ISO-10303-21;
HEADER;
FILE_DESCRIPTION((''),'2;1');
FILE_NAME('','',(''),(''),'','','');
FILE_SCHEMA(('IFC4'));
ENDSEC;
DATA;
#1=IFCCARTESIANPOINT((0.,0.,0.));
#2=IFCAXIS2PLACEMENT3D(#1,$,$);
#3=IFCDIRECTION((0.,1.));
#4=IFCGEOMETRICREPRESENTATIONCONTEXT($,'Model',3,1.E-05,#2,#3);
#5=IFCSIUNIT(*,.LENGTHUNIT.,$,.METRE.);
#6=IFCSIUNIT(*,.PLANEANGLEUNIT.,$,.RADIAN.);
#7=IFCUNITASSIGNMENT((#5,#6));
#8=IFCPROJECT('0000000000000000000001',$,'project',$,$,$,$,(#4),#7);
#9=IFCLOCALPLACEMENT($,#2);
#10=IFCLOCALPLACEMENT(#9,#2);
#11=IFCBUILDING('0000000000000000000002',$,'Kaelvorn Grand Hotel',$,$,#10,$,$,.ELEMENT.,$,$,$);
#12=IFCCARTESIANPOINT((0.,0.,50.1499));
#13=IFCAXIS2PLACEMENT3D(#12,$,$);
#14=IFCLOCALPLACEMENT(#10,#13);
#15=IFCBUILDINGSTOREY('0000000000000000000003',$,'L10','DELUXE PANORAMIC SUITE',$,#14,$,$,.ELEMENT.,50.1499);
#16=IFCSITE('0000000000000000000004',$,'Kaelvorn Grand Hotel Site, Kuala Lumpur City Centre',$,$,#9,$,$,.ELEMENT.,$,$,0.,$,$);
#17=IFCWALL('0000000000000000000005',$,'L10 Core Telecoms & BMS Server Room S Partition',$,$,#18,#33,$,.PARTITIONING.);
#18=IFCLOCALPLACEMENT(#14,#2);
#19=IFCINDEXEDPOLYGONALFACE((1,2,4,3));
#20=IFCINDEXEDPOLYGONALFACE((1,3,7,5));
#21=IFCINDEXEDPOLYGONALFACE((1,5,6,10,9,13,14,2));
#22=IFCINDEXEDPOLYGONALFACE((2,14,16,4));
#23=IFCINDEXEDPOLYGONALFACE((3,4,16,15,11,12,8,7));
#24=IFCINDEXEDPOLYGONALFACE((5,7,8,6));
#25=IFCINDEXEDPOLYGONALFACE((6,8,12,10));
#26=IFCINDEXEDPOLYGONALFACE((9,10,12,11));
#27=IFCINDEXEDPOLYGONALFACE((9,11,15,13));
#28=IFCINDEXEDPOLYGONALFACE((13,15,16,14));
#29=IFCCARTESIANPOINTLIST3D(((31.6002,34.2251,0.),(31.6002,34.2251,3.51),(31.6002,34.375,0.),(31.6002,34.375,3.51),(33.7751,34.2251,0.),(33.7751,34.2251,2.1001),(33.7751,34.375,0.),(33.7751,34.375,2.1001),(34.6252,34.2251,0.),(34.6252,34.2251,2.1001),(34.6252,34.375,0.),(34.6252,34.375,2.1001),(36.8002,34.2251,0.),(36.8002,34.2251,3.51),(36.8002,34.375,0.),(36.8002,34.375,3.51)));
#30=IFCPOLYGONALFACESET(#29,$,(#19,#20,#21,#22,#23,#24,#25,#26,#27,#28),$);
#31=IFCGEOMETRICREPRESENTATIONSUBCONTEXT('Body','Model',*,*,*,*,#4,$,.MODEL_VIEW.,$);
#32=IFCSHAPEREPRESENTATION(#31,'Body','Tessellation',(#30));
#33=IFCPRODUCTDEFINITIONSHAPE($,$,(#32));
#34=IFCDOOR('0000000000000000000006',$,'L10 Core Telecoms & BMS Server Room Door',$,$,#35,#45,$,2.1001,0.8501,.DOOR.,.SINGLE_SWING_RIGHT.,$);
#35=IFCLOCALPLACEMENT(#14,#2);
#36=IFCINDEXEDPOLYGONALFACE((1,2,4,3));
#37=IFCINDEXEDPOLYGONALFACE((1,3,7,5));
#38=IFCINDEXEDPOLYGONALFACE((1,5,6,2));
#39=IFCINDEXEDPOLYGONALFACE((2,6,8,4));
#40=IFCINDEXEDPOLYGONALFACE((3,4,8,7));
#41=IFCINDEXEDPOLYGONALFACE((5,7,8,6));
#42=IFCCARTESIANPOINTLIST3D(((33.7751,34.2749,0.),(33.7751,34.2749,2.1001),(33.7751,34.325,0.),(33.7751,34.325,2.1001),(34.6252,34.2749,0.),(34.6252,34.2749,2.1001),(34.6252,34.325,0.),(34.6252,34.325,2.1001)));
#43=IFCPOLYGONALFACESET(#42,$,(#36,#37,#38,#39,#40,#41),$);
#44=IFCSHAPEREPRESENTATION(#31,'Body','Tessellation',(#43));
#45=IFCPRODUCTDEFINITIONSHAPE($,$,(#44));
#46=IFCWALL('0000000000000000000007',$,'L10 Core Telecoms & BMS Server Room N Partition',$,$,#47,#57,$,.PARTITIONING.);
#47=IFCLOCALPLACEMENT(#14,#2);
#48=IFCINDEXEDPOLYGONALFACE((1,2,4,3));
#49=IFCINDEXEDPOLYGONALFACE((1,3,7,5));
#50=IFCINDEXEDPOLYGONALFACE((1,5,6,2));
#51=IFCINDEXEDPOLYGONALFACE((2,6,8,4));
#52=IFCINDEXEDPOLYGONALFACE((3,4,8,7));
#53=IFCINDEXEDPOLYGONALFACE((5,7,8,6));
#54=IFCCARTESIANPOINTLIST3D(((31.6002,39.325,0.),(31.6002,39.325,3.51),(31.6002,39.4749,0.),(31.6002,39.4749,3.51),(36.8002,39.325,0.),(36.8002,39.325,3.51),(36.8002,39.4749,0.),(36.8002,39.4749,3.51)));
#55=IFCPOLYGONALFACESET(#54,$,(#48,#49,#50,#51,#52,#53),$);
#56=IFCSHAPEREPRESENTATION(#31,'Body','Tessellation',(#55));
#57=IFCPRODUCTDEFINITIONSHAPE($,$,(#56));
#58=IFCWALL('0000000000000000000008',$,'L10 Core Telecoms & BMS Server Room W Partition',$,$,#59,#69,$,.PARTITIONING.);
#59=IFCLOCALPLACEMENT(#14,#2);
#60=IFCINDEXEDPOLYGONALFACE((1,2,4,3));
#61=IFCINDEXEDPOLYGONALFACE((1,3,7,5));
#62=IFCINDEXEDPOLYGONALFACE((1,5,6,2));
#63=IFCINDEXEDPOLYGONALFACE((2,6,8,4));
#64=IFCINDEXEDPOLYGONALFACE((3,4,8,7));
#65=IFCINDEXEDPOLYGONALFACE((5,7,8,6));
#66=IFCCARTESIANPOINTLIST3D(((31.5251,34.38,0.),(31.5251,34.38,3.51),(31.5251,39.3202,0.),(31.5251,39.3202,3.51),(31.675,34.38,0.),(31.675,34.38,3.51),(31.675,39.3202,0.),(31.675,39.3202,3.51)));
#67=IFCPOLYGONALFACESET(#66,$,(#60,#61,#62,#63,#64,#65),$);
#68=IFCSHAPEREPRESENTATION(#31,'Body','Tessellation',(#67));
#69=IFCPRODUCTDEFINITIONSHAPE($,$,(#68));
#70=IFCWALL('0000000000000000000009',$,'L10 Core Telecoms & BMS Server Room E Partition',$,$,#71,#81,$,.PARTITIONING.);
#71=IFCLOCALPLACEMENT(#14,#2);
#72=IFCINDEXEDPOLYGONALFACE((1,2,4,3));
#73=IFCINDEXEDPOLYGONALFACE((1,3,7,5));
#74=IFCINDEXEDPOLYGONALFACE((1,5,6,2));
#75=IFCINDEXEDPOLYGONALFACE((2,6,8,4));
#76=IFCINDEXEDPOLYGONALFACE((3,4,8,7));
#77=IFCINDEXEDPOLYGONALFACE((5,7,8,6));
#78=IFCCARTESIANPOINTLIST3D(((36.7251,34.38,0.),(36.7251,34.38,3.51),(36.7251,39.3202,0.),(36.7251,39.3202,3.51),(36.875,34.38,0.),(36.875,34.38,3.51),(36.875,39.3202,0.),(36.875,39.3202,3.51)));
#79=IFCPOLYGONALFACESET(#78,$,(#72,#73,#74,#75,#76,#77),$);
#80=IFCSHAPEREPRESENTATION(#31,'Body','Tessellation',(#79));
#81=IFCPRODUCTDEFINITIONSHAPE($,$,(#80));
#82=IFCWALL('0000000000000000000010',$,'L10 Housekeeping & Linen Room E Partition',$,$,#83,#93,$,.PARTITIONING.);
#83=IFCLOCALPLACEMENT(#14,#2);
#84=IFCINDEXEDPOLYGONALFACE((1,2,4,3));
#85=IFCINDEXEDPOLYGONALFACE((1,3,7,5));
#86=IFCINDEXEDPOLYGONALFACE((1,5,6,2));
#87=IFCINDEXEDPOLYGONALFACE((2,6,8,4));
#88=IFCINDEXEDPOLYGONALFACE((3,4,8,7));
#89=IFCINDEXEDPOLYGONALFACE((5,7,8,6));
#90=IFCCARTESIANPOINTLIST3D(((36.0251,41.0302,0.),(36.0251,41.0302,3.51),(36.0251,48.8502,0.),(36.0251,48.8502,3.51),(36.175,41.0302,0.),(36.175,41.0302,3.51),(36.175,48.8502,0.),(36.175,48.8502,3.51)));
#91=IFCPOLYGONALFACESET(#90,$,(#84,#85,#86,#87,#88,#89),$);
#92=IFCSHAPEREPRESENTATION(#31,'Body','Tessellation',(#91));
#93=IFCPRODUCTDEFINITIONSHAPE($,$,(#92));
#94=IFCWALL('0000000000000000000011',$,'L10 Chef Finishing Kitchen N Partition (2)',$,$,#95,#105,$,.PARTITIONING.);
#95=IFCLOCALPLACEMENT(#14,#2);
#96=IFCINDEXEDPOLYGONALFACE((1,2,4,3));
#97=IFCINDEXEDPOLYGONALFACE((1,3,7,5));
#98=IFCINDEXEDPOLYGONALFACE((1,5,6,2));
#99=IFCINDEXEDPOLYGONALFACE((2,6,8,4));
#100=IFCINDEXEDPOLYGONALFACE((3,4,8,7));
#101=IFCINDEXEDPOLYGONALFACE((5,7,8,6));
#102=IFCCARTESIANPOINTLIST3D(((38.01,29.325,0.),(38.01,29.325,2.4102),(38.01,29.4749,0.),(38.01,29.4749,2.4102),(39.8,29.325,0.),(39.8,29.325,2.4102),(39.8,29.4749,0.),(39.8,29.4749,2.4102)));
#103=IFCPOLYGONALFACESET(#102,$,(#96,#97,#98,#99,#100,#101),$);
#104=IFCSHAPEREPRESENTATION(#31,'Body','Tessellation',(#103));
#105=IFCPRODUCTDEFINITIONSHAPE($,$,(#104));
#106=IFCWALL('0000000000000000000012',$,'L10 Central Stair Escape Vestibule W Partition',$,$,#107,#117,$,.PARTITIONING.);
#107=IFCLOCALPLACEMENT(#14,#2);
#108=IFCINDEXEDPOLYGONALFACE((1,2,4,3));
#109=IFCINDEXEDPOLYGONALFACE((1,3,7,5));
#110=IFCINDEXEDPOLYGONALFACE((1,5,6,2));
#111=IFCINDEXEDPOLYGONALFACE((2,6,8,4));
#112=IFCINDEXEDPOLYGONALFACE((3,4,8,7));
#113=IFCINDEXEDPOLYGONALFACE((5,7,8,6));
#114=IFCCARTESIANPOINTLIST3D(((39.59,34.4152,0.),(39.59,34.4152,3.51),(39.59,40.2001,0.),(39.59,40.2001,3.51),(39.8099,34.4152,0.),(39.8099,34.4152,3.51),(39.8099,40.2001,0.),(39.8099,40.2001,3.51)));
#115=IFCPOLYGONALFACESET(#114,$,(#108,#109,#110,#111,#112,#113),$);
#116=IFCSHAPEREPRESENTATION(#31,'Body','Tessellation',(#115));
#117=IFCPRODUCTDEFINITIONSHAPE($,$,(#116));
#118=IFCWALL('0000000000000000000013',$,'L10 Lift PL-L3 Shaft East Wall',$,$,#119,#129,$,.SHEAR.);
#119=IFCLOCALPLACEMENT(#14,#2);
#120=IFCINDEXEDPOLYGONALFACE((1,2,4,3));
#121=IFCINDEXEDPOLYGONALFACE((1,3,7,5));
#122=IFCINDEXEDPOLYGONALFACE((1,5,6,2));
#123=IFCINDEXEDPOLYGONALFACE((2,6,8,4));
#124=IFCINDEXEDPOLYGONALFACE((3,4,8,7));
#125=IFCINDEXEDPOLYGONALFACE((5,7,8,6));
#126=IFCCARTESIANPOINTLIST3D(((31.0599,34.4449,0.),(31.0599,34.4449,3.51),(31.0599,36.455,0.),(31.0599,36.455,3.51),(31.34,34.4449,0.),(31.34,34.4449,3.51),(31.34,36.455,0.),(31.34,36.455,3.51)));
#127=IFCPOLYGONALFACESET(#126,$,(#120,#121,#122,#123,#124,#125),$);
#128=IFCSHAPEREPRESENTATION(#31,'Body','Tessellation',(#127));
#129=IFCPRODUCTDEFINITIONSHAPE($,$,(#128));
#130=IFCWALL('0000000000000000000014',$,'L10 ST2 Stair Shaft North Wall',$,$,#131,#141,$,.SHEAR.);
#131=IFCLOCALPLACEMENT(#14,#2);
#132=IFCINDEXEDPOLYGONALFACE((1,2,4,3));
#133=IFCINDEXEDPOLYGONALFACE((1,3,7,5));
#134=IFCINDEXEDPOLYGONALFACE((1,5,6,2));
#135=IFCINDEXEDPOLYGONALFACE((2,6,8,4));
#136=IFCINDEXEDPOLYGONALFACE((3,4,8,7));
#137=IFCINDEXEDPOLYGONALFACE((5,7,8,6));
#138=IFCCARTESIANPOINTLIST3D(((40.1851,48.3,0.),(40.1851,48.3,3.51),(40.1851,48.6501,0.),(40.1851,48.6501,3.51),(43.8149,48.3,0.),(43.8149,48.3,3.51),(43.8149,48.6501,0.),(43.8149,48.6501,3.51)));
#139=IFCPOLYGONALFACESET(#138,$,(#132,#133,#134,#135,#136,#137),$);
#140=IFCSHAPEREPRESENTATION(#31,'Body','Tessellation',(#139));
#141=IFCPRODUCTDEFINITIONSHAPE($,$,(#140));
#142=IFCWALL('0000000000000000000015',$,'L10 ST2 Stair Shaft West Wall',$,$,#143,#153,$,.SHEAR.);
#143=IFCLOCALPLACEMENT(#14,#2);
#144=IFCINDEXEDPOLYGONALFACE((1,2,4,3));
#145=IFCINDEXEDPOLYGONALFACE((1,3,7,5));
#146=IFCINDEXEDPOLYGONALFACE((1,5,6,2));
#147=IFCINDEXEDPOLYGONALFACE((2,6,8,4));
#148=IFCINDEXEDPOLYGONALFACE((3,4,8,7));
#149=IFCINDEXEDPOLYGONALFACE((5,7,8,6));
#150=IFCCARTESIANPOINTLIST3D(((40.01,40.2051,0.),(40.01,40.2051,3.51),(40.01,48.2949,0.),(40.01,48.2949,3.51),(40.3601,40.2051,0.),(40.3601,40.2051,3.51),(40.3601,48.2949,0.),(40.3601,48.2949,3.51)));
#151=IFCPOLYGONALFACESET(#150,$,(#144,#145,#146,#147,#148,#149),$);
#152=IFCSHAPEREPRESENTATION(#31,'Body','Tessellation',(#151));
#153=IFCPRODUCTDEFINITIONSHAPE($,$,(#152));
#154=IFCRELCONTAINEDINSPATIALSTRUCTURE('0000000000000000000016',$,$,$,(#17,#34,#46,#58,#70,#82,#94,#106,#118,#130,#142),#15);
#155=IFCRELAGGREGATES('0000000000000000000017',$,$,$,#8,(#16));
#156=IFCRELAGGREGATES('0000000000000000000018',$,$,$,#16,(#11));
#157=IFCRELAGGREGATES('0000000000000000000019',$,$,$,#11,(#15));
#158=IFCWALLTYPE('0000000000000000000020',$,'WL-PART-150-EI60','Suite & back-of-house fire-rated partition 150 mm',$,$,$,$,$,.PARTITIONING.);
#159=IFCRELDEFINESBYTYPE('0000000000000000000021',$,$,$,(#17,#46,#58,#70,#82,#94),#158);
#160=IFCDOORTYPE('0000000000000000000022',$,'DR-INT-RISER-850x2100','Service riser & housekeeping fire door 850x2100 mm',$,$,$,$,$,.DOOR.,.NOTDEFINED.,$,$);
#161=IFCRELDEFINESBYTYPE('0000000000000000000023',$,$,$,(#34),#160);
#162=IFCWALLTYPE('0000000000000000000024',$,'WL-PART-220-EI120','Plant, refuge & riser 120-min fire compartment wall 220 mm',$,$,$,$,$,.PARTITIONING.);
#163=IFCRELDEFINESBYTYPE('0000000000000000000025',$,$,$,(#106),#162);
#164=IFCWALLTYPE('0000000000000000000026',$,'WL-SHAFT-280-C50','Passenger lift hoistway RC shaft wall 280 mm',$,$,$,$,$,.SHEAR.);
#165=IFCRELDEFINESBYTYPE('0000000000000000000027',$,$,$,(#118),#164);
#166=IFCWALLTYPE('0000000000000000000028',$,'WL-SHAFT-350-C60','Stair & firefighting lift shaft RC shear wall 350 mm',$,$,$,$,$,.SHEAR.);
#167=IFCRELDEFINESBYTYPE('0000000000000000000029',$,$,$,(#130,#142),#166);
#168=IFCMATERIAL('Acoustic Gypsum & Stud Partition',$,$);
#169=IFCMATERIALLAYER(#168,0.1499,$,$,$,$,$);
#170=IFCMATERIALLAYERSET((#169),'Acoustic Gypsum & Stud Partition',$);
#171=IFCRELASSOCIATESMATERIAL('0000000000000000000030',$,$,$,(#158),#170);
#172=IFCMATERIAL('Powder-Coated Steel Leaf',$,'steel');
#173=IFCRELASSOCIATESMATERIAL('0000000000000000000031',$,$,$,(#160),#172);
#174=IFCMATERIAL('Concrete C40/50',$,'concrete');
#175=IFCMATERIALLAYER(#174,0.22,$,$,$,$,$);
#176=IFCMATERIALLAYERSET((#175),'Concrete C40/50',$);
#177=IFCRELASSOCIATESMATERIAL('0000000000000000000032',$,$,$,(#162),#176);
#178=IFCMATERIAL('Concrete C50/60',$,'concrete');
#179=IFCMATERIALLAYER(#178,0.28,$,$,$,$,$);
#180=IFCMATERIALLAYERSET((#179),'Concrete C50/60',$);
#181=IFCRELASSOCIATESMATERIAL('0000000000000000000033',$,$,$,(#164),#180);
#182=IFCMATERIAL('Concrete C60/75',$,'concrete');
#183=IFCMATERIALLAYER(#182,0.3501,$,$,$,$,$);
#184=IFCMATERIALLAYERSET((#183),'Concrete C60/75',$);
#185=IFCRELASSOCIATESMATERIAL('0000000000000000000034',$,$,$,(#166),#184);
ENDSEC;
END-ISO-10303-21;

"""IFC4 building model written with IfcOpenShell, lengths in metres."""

from ifc_helpers import new_model, si_unit, direction, frame, frame_2d, origin, place, context, subcontext, project, spatial, rectangle, extrude, material, layer, layer_set, type_object, element, fill, save


model = new_model("IFC4")

# Units and contexts
model_context = context("Model", 3, precision=1e-05, world=origin(), true_north=direction((0.0, 1.0)))
body_context = subcontext(model_context, "Body", "Model", "MODEL_VIEW")
ifc_project = project(units=[si_unit("LENGTHUNIT", "METRE"), si_unit("PLANEANGLEUNIT", "RADIAN")], contexts=[model_context])

# Site, building, storey
site_placement = place(None, origin())
site = spatial("IfcSite", under=ifc_project, at=site_placement, Name="Kaelvorn Grand Hotel Site, Kuala Lumpur City Centre", CompositionType="ELEMENT", RefElevation=0.0)
building_placement = place(site_placement, origin())
building = spatial("IfcBuilding", under=site, at=building_placement, Name="Kaelvorn Grand Hotel", CompositionType="ELEMENT")
storey_placement = place(building_placement, frame((0.0, 0.0, 50.1499)))
storey = spatial("IfcBuildingStorey", under=building, at=storey_placement, Name="L10", Description="DELUXE PANORAMIC SUITE", CompositionType="ELEMENT", Elevation=50.1499)

# Shared definitions
ifc_material_1 = material(Name="Concrete C60/75", Category="concrete")

# Wall, opening, door
ifc_material_2 = material(Name="Acoustic Gypsum & Stud Partition")
ifc_layer_1 = layer(ifc_material_2, 0.1499)
ifc_layer_set_1 = layer_set([ifc_layer_1], Name="Acoustic Gypsum & Stud Partition")
wall_type_1 = type_object("IfcWallType", Name="WL-PART-150-EI60", Description="Suite & back-of-house fire-rated partition 150 mm", PredefinedType="PARTITIONING", material=ifc_layer_set_1)
wall_1_placement = place(storey_placement, frame((31.6001, 34.3, 0.0), z_axis=(0.0, 0.0, 1.0), x_axis=(1.0, 0.0, 0.0)))
wall_1 = element("IfcWall", 1, at=wall_1_placement, inside=storey, type_object=wall_type_1, Name="L10 Core Telecoms & BMS Server Room S Partition", PredefinedType="PARTITIONING", context=body_context, shape_type="SweptSolid", body=[
    extrude(rectangle(XDim=5.2, YDim=0.1499, at=frame_2d((2.6001, 0.0))), origin(), (0.0, 0.0, 1.0), 3.51),
])
opening_1_placement = place(wall_1_placement, frame((2.175, 0.0, 0.0)))
opening_1 = element("IfcOpeningElement", 2, at=opening_1_placement, cuts=wall_1, PredefinedType="OPENING", context=body_context, shape_type="SweptSolid", body=[
    extrude(rectangle(XDim=0.8501, YDim=2.1001, at=frame_2d((0.425, 1.05))), frame((0.0, 0.085, 0.0), z_axis=(0.0, -1.0, 0.0), x_axis=(1.0, 0.0, 0.0)), (0.0, 0.0, 1.0), 0.1699),
])
ifc_material_3 = material(Name="Powder-Coated Steel Leaf", Category="steel")
door_type_1 = type_object("IfcDoorType", Name="DR-INT-RISER-850x2100", Description="Service riser & housekeeping fire door 850x2100 mm", OperationType="NOTDEFINED", PredefinedType="DOOR", material=ifc_material_3)
door_1_placement = place(opening_1_placement, origin())
door_1 = element("IfcDoor", 3, at=door_1_placement, inside=storey, type_object=door_type_1, Name="L10 Core Telecoms & BMS Server Room Door", OperationType="SINGLE_SWING_RIGHT", OverallHeight=2.1001, OverallWidth=0.8501, PredefinedType="DOOR", context=body_context, shape_type="SweptSolid", body=[
    extrude(rectangle(XDim=0.8501, YDim=2.1001, at=frame_2d((0.425, 1.05))), frame((0.0, 0.0249, 0.0), z_axis=(0.0, -1.0, 0.0), x_axis=(1.0, 0.0, 0.0)), (0.0, 0.0, 1.0), 0.05),
])
fill(opening_1, door_1)

# Walls
wall_2_placement = place(storey_placement, frame((31.6001, 39.3999, 0.0), z_axis=(0.0, 0.0, 1.0), x_axis=(1.0, 0.0, 0.0)))
element("IfcWall", 4, at=wall_2_placement, inside=storey, type_object=wall_type_1, Name="L10 Core Telecoms & BMS Server Room N Partition", PredefinedType="PARTITIONING", context=body_context, shape_type="SweptSolid", body=[
    extrude(rectangle(XDim=5.2, YDim=0.1499, at=frame_2d((2.6001, 0.0))), origin(), (0.0, 0.0, 1.0), 3.51),
])
for number, where, z_axis, x_axis, name in (
    (5, (31.6001, 34.3799, 0.0), (0.0, 0.0, 1.0), (0.0, 1.0, 0.0), "L10 Core Telecoms & BMS Server Room W Partition"),
    (6, (36.8, 34.3799, 0.0), (0.0, 0.0, 1.0), (0.0, 1.0, 0.0), "L10 Core Telecoms & BMS Server Room E Partition"),
):
    element("IfcWall", number, at=place(storey_placement, frame(where, z_axis=z_axis, x_axis=x_axis)), inside=storey, type_object=wall_type_1, Name=name, PredefinedType="PARTITIONING", context=body_context, shape_type="SweptSolid", body=[
        extrude(rectangle(XDim=4.9402, YDim=0.1499, at=frame_2d((2.4702, 0.0))), origin(), (0.0, 0.0, 1.0), 3.51),
    ])
wall_3_placement = place(storey_placement, frame((36.1001, 41.03, 0.0), z_axis=(0.0, 0.0, 1.0), x_axis=(0.0, 1.0, 0.0)))
element("IfcWall", 7, at=wall_3_placement, inside=storey, type_object=wall_type_1, Name="L10 Housekeeping & Linen Room E Partition", PredefinedType="PARTITIONING", context=body_context, shape_type="SweptSolid", body=[
    extrude(rectangle(XDim=7.8201, YDim=0.1499, at=frame_2d((3.9102, 0.0))), origin(), (0.0, 0.0, 1.0), 3.51),
])
wall_4_placement = place(storey_placement, frame((38.01, 29.3999, 0.0), z_axis=(0.0, 0.0, 1.0), x_axis=(1.0, 0.0, 0.0)))
element("IfcWall", 8, at=wall_4_placement, inside=storey, type_object=wall_type_1, Name="L10 Chef Finishing Kitchen N Partition (2)", PredefinedType="PARTITIONING", context=body_context, shape_type="SweptSolid", body=[
    extrude(rectangle(XDim=1.79, YDim=0.1499, at=frame_2d((0.895, 0.0))), origin(), (0.0, 0.0, 1.0), 2.4102),
])

# Shared definitions
ifc_material_4 = material(Name="Concrete C40/50", Category="concrete")
ifc_layer_2 = layer(ifc_material_4, 0.22)
ifc_layer_set_2 = layer_set([ifc_layer_2], Name="Concrete C40/50")
wall_type_2 = type_object("IfcWallType", Name="WL-PART-220-EI120", Description="Plant, refuge & riser 120-min fire compartment wall 220 mm", PredefinedType="PARTITIONING", material=ifc_layer_set_2)

# Walls
wall_5_placement = place(storey_placement, frame((39.7, 34.415, 0.0), z_axis=(0.0, 0.0, 1.0), x_axis=(0.0, 1.0, 0.0)))
element("IfcWall", 9, at=wall_5_placement, inside=storey, type_object=wall_type_2, Name="L10 Central Stair Escape Vestibule W Partition", PredefinedType="PARTITIONING", context=body_context, shape_type="SweptSolid", body=[
    extrude(rectangle(XDim=5.7849, YDim=0.22, at=frame_2d((2.8926, 0.0))), origin(), (0.0, 0.0, 1.0), 3.51),
])
ifc_material_5 = material(Name="Concrete C50/60", Category="concrete")
ifc_layer_3 = layer(ifc_material_5, 0.28)
ifc_layer_set_3 = layer_set([ifc_layer_3], Name="Concrete C50/60")
wall_type_3 = type_object("IfcWallType", Name="WL-SHAFT-280-C50", Description="Passenger lift hoistway RC shaft wall 280 mm", PredefinedType="SHEAR", material=ifc_layer_set_3)
wall_6_placement = place(storey_placement, frame((31.2, 34.4451, 0.0), z_axis=(0.0, 0.0, 1.0), x_axis=(0.0, 1.0, 0.0)))
element("IfcWall", 10, at=wall_6_placement, inside=storey, type_object=wall_type_3, Name="L10 Lift PL-L3 Shaft East Wall", PredefinedType="SHEAR", context=body_context, shape_type="SweptSolid", body=[
    extrude(rectangle(XDim=2.01, YDim=0.28, at=frame_2d((1.0049, 0.0))), origin(), (0.0, 0.0, 1.0), 3.51),
])

# Shared definitions
ifc_layer_4 = layer(ifc_material_1, 0.3501)
ifc_layer_set_4 = layer_set([ifc_layer_4], Name="Concrete C60/75")
wall_type_4 = type_object("IfcWallType", Name="WL-SHAFT-350-C60", Description="Stair & firefighting lift shaft RC shear wall 350 mm", PredefinedType="SHEAR", material=ifc_layer_set_4)

# Walls
wall_7_placement = place(storey_placement, frame((40.1851, 48.4751, 0.0), z_axis=(0.0, 0.0, 1.0), x_axis=(1.0, 0.0, 0.0)))
element("IfcWall", 11, at=wall_7_placement, inside=storey, type_object=wall_type_4, Name="L10 ST2 Stair Shaft North Wall", PredefinedType="SHEAR", context=body_context, shape_type="SweptSolid", body=[
    extrude(rectangle(XDim=3.6299, YDim=0.3501, at=frame_2d((1.8149, 0.0))), origin(), (0.0, 0.0, 1.0), 3.51),
])
wall_8_placement = place(storey_placement, frame((40.1851, 40.2051, 0.0), z_axis=(0.0, 0.0, 1.0), x_axis=(0.0, 1.0, 0.0)))
element("IfcWall", 12, at=wall_8_placement, inside=storey, type_object=wall_type_4, Name="L10 ST2 Stair Shaft West Wall", PredefinedType="SHEAR", context=body_context, shape_type="SweptSolid", body=[
    extrude(rectangle(XDim=8.0898, YDim=0.3501, at=frame_2d((4.0449, 0.0))), origin(), (0.0, 0.0, 1.0), 3.51),
])

save(model, "model.ifc")
